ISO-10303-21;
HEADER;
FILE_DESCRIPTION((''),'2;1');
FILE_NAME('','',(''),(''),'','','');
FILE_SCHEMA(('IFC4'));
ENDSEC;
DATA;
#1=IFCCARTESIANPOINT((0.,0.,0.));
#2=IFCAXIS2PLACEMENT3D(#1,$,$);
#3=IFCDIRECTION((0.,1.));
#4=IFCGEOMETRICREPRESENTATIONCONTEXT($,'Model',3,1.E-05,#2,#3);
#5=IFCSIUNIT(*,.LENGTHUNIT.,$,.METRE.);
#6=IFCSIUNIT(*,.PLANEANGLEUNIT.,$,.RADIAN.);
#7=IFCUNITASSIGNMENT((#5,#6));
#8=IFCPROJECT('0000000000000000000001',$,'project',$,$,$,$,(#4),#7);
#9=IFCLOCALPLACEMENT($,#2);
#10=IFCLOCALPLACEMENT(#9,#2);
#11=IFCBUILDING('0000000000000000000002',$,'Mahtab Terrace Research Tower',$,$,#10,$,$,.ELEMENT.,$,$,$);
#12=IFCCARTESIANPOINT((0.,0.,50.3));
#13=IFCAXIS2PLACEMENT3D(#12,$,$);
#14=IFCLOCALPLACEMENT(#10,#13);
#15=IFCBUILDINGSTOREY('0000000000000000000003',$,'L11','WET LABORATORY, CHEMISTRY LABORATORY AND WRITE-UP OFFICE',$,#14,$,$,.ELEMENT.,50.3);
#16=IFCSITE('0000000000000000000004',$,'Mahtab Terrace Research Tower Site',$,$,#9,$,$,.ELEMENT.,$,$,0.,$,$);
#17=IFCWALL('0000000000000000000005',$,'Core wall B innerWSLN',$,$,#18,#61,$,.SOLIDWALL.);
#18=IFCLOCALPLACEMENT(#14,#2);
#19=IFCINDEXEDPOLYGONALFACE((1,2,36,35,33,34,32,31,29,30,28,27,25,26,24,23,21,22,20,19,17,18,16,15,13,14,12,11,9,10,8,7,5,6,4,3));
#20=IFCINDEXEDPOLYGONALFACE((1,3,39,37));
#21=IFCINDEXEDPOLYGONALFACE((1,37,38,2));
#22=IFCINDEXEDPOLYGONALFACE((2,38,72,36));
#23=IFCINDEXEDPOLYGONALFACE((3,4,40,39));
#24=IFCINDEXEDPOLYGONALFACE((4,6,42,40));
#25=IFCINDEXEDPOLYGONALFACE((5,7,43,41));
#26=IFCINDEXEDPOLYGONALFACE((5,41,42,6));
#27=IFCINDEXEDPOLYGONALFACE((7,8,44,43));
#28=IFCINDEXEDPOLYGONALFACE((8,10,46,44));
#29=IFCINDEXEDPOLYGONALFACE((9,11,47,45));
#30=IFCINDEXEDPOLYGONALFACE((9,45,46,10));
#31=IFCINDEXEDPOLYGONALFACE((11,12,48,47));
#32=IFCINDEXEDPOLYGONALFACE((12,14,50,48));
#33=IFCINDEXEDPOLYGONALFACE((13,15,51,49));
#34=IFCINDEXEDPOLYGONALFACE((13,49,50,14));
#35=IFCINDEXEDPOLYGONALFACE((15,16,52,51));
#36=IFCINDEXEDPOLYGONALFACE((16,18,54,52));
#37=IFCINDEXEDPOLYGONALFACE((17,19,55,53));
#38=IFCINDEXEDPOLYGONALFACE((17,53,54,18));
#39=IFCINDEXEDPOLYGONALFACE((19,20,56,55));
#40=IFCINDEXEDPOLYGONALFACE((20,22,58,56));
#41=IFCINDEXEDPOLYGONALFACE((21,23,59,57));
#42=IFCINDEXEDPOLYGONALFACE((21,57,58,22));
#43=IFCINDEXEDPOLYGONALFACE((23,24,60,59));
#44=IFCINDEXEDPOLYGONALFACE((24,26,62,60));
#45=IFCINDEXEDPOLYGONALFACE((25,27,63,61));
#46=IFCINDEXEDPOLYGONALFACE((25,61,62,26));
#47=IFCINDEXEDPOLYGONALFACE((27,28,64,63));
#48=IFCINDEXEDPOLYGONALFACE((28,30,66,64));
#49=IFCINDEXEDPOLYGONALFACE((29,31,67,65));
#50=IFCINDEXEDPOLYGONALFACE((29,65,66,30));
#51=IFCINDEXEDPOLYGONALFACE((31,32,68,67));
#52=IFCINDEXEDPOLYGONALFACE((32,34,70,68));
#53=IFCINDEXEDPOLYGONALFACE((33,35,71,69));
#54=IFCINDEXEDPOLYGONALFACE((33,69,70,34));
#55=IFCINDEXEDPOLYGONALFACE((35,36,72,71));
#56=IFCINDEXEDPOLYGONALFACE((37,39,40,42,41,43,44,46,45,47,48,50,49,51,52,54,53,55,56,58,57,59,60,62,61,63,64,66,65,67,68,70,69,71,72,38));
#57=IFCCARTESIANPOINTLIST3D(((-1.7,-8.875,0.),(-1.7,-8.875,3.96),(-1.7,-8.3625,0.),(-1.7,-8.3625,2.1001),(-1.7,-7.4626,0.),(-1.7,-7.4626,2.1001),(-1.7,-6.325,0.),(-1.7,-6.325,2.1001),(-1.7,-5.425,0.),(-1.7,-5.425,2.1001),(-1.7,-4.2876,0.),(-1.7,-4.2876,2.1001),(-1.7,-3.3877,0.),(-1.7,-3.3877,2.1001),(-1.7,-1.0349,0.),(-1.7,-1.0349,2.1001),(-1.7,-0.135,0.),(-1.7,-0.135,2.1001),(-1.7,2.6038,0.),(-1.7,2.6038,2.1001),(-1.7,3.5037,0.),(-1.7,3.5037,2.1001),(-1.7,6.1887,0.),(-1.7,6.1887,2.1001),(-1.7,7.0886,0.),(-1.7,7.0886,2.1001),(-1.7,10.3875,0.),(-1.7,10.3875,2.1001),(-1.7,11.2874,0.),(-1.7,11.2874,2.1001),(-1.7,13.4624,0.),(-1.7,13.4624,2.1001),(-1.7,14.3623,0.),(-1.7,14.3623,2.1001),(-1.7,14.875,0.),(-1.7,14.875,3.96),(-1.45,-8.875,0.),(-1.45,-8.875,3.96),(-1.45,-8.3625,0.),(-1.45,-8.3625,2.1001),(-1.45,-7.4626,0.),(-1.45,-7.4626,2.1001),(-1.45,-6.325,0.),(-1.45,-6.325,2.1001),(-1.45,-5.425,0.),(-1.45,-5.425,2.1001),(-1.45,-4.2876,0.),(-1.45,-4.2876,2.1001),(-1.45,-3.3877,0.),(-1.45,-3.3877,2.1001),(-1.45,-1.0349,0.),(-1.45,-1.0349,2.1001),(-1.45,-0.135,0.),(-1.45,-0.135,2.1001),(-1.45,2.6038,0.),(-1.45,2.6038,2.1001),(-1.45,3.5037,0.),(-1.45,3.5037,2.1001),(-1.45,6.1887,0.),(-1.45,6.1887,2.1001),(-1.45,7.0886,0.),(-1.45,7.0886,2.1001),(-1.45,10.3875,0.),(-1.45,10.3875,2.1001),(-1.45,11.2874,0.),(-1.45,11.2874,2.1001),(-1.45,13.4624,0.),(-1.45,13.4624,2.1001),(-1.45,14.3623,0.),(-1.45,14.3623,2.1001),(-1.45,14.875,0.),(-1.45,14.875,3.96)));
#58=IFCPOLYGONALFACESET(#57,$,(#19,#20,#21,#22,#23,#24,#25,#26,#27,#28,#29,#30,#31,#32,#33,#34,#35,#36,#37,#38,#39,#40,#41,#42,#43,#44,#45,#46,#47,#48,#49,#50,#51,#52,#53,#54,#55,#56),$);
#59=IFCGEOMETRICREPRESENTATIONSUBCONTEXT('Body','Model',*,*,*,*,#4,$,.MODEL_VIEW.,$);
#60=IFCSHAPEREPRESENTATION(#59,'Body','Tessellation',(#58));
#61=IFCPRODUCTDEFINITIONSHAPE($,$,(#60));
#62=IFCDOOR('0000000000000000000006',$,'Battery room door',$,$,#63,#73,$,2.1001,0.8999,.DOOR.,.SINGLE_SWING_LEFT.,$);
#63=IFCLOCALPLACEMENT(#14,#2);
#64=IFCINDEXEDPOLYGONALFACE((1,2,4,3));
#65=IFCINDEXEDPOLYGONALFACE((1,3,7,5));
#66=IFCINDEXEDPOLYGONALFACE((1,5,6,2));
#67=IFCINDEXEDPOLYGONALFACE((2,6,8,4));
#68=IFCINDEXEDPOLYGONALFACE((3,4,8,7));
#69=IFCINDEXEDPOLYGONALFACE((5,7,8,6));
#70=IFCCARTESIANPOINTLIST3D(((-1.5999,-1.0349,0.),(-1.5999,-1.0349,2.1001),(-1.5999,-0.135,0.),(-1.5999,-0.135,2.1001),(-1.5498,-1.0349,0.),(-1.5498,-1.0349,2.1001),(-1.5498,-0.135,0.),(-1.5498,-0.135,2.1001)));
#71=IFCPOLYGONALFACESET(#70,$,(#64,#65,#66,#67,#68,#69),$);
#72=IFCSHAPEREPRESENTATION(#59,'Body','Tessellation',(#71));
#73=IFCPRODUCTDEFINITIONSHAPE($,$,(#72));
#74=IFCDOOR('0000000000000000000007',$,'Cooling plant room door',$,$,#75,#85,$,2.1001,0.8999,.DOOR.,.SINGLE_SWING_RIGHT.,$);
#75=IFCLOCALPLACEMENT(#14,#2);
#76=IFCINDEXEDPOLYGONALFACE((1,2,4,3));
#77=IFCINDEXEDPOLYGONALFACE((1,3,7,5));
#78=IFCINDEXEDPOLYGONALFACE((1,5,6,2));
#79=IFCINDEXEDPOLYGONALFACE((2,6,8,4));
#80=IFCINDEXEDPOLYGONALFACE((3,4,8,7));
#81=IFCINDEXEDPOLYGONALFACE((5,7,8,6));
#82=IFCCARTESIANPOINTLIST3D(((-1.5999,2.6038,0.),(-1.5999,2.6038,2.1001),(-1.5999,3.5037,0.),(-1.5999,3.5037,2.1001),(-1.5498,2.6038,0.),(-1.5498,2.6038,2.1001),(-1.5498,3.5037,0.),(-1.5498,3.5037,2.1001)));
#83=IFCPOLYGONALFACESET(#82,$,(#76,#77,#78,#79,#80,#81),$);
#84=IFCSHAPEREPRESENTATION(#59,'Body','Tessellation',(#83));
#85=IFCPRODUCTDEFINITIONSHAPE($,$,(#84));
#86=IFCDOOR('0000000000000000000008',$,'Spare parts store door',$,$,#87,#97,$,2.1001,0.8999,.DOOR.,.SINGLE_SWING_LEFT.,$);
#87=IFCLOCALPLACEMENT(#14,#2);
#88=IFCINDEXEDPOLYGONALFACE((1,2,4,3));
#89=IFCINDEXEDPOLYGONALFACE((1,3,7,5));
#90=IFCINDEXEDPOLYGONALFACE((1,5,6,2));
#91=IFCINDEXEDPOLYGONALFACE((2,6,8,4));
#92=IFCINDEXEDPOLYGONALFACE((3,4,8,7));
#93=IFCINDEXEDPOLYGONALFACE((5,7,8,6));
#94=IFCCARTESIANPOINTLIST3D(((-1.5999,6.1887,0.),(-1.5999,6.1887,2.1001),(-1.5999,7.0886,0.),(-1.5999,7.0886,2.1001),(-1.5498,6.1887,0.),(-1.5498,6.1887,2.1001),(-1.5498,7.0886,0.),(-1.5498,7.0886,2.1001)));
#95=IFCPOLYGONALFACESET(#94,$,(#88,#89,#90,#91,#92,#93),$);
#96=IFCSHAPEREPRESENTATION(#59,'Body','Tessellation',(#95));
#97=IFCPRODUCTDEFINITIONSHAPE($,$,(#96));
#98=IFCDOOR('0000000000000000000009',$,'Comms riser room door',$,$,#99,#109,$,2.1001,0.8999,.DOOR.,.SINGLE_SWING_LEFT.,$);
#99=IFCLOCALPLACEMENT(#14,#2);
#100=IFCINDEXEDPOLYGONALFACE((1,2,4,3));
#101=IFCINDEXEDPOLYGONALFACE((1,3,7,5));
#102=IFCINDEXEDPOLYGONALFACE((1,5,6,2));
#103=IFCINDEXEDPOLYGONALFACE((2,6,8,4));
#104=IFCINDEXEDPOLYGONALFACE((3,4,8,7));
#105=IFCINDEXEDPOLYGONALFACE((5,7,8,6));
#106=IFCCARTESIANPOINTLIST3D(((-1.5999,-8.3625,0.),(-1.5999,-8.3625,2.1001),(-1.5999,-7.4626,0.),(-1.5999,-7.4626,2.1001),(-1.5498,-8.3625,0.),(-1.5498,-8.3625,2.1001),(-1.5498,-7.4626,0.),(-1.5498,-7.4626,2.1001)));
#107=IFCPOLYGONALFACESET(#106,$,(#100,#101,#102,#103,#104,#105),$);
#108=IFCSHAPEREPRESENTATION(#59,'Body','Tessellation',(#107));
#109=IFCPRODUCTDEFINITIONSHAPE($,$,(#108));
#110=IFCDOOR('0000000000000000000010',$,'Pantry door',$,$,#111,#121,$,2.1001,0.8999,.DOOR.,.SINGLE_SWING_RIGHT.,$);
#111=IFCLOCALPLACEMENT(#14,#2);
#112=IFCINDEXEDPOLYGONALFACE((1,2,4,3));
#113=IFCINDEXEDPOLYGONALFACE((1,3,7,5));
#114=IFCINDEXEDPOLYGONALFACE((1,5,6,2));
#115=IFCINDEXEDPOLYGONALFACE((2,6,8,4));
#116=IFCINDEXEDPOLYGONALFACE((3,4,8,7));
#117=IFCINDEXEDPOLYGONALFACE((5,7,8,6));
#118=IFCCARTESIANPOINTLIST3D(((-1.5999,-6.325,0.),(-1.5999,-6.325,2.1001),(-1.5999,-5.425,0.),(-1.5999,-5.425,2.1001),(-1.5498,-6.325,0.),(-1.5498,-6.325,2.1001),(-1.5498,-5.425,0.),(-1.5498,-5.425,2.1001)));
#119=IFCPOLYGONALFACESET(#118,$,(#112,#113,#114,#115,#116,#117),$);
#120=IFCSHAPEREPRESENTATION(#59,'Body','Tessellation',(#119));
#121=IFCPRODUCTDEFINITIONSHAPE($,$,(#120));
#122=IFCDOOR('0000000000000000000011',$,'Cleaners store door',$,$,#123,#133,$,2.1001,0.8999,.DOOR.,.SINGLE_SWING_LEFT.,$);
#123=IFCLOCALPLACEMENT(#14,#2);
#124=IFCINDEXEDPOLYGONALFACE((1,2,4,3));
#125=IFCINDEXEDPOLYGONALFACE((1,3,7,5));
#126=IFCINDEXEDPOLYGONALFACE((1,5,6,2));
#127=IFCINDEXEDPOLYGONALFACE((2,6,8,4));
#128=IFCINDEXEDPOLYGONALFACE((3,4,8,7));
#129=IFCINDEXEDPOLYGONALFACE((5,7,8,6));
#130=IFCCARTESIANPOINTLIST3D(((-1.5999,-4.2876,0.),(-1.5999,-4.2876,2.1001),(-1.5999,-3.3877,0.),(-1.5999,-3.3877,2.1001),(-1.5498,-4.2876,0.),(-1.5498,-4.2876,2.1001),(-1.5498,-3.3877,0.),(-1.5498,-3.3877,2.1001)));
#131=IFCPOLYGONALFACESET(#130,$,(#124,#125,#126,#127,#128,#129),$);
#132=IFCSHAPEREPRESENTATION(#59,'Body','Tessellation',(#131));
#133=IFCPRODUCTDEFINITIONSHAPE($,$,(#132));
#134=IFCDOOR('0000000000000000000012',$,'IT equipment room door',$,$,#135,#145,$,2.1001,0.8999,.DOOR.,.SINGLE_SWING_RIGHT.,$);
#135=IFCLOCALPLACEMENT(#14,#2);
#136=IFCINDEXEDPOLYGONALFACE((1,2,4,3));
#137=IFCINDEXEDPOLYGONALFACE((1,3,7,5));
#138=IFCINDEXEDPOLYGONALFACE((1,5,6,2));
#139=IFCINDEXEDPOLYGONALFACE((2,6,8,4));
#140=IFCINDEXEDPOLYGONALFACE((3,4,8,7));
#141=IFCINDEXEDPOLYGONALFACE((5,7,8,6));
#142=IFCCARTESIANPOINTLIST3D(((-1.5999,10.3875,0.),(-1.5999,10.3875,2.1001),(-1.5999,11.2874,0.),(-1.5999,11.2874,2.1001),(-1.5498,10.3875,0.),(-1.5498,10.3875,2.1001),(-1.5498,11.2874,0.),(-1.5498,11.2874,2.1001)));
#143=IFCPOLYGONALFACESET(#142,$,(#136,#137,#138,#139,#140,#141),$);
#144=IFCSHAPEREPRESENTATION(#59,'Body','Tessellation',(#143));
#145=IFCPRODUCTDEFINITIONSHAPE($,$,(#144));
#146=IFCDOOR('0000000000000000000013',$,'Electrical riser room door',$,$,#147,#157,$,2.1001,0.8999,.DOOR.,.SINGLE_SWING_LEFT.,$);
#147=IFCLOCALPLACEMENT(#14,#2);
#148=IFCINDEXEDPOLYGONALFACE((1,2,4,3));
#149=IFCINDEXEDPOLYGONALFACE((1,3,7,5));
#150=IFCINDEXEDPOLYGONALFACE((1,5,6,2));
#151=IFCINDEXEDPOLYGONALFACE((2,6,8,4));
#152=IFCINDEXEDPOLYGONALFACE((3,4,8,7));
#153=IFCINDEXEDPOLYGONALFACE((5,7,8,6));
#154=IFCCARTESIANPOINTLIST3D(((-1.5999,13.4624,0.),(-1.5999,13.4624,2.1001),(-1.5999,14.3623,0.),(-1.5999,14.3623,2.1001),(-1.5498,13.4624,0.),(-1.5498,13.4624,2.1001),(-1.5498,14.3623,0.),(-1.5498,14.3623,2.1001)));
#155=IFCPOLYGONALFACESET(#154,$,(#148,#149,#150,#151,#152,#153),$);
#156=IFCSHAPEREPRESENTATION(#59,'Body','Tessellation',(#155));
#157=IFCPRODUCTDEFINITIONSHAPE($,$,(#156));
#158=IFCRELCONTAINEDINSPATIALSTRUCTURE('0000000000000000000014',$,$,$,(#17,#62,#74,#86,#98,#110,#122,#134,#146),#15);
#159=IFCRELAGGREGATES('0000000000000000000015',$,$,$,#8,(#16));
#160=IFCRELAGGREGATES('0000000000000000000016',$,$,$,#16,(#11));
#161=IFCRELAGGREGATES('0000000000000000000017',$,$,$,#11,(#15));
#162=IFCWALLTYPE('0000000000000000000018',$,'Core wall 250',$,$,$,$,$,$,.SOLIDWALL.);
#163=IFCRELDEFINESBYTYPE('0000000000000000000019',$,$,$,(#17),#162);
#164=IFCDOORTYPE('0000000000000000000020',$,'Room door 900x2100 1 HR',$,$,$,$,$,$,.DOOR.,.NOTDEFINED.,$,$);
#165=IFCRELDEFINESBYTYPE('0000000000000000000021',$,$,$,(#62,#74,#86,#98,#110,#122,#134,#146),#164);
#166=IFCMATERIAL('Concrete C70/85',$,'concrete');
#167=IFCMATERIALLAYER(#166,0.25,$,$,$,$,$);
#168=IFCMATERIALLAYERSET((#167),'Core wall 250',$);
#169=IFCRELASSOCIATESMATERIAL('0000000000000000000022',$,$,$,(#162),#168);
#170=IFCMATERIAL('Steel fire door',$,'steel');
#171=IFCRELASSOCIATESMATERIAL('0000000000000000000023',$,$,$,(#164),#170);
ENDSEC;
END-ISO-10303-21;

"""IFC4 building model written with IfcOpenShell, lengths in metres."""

from ifc_helpers import new_model, si_unit, direction, frame, frame_2d, origin, place, context, subcontext, project, spatial, rectangle, extrude, material, layer, layer_set, type_object, element, fill, save


model = new_model("IFC4")

# Units and contexts
model_context = context("Model", 3, precision=1e-05, world=origin(), true_north=direction((0.0, 1.0)))
body_context = subcontext(model_context, "Body", "Model", "MODEL_VIEW")
ifc_project = project(units=[si_unit("LENGTHUNIT", "METRE"), si_unit("PLANEANGLEUNIT", "RADIAN")], contexts=[model_context])

# Site, building, storey
site_placement = place(None, origin())
site = spatial("IfcSite", under=ifc_project, at=site_placement, Name="Mahtab Terrace Research Tower Site", CompositionType="ELEMENT", RefElevation=0.0)
building_placement = place(site_placement, origin())
building = spatial("IfcBuilding", under=site, at=building_placement, Name="Mahtab Terrace Research Tower", CompositionType="ELEMENT")
storey_placement = place(building_placement, frame((0.0, 0.0, 50.3)))
storey = spatial("IfcBuildingStorey", under=building, at=storey_placement, Name="L11", Description="WET LABORATORY, CHEMISTRY LABORATORY AND WRITE-UP OFFICE", CompositionType="ELEMENT", Elevation=50.3)

# Shared definitions
ifc_material_1 = material(Name="Concrete C70/85", Category="concrete")
ifc_layer_1 = layer(ifc_material_1, 0.25)
ifc_layer_set_1 = layer_set([ifc_layer_1], Name="Core wall 250")
wall_type_1 = type_object("IfcWallType", Name="Core wall 250", PredefinedType="SOLIDWALL", material=ifc_layer_set_1)

# Shared definitions
ifc_material_2 = material(Name="Steel fire door", Category="steel")

# Wall, openings, doors
wall_1_placement = place(storey_placement, frame((-1.575, -8.875, 0.0), z_axis=(0.0, 0.0, 1.0), x_axis=(0.0, 1.0, 0.0)))
wall_1 = element("IfcWall", 1, at=wall_1_placement, inside=storey, type_object=wall_type_1, Name="Core wall B innerWSLN", PredefinedType="SOLIDWALL", context=body_context, shape_type="SweptSolid", body=[
    extrude(rectangle(XDim=23.75, YDim=0.25, at=frame_2d((11.875, 0.0))), origin(), (0.0, 0.0, 1.0), 3.96),
])
opening_1_placement = place(wall_1_placement, frame((7.8401, 0.0, 0.0)))
opening_1 = element("IfcOpeningElement", 2, at=opening_1_placement, cuts=wall_1, PredefinedType="OPENING", context=body_context, shape_type="SweptSolid", body=[
    extrude(rectangle(XDim=0.8999, YDim=2.1001, at=frame_2d((0.45, 1.05))), frame((0.0, 0.135, 0.0), z_axis=(0.0, -1.0, 0.0), x_axis=(1.0, 0.0, 0.0)), (0.0, 0.0, 1.0), 0.27),
])
opening_2_placement = place(wall_1_placement, frame((11.4788, 0.0, 0.0)))
opening_2 = element("IfcOpeningElement", 3, at=opening_2_placement, cuts=wall_1, PredefinedType="OPENING", context=body_context, shape_type="SweptSolid", body=[
    extrude(rectangle(XDim=0.8999, YDim=2.1001, at=frame_2d((0.45, 1.05))), frame((0.0, 0.135, 0.0), z_axis=(0.0, -1.0, 0.0), x_axis=(1.0, 0.0, 0.0)), (0.0, 0.0, 1.0), 0.27),
])
opening_3_placement = place(wall_1_placement, frame((15.0637, 0.0, 0.0)))
opening_3 = element("IfcOpeningElement", 4, at=opening_3_placement, cuts=wall_1, PredefinedType="OPENING", context=body_context, shape_type="SweptSolid", body=[
    extrude(rectangle(XDim=0.8999, YDim=2.1001, at=frame_2d((0.45, 1.05))), frame((0.0, 0.135, 0.0), z_axis=(0.0, -1.0, 0.0), x_axis=(1.0, 0.0, 0.0)), (0.0, 0.0, 1.0), 0.27),
])
opening_4_placement = place(wall_1_placement, frame((0.5125, 0.0, 0.0)))
opening_4 = element("IfcOpeningElement", 5, at=opening_4_placement, cuts=wall_1, PredefinedType="OPENING", context=body_context, shape_type="SweptSolid", body=[
    extrude(rectangle(XDim=0.8999, YDim=2.1001, at=frame_2d((0.45, 1.05))), frame((0.0, 0.135, 0.0), z_axis=(0.0, -1.0, 0.0), x_axis=(1.0, 0.0, 0.0)), (0.0, 0.0, 1.0), 0.27),
])
opening_5_placement = place(wall_1_placement, frame((2.55, 0.0, 0.0)))
opening_5 = element("IfcOpeningElement", 6, at=opening_5_placement, cuts=wall_1, PredefinedType="OPENING", context=body_context, shape_type="SweptSolid", body=[
    extrude(rectangle(XDim=0.8999, YDim=2.1001, at=frame_2d((0.45, 1.05))), frame((0.0, 0.135, 0.0), z_axis=(0.0, -1.0, 0.0), x_axis=(1.0, 0.0, 0.0)), (0.0, 0.0, 1.0), 0.27),
])
opening_6_placement = place(wall_1_placement, frame((4.5874, 0.0, 0.0)))
opening_6 = element("IfcOpeningElement", 7, at=opening_6_placement, cuts=wall_1, PredefinedType="OPENING", context=body_context, shape_type="SweptSolid", body=[
    extrude(rectangle(XDim=0.8999, YDim=2.1001, at=frame_2d((0.45, 1.05))), frame((0.0, 0.135, 0.0), z_axis=(0.0, -1.0, 0.0), x_axis=(1.0, 0.0, 0.0)), (0.0, 0.0, 1.0), 0.27),
])
opening_7_placement = place(wall_1_placement, frame((19.2625, 0.0, 0.0)))
opening_7 = element("IfcOpeningElement", 8, at=opening_7_placement, cuts=wall_1, PredefinedType="OPENING", context=body_context, shape_type="SweptSolid", body=[
    extrude(rectangle(XDim=0.8999, YDim=2.1001, at=frame_2d((0.45, 1.05))), frame((0.0, 0.135, 0.0), z_axis=(0.0, -1.0, 0.0), x_axis=(1.0, 0.0, 0.0)), (0.0, 0.0, 1.0), 0.27),
])
opening_8_placement = place(wall_1_placement, frame((22.3374, 0.0, 0.0)))
opening_8 = element("IfcOpeningElement", 9, at=opening_8_placement, cuts=wall_1, PredefinedType="OPENING", context=body_context, shape_type="SweptSolid", body=[
    extrude(rectangle(XDim=0.8999, YDim=2.1001, at=frame_2d((0.45, 1.05))), frame((0.0, 0.135, 0.0), z_axis=(0.0, -1.0, 0.0), x_axis=(1.0, 0.0, 0.0)), (0.0, 0.0, 1.0), 0.27),
])
door_type_1 = type_object("IfcDoorType", Name="Room door 900x2100 1 HR", OperationType="NOTDEFINED", PredefinedType="DOOR", material=ifc_material_2)
door_1_placement = place(opening_1_placement, origin())
door_1 = element("IfcDoor", 10, at=door_1_placement, inside=storey, type_object=door_type_1, Name="Battery room door", OperationType="SINGLE_SWING_LEFT", OverallHeight=2.1001, OverallWidth=0.8999, PredefinedType="DOOR", context=body_context, shape_type="SweptSolid", body=[
    extrude(rectangle(XDim=0.8999, YDim=2.1001, at=frame_2d((0.45, 1.05))), frame((0.0, 0.0249, 0.0), z_axis=(0.0, -1.0, 0.0), x_axis=(1.0, 0.0, 0.0)), (0.0, 0.0, 1.0), 0.05),
])
fill(opening_1, door_1)
door_2_placement = place(opening_2_placement, origin())
door_2 = element("IfcDoor", 11, at=door_2_placement, inside=storey, type_object=door_type_1, Name="Cooling plant room door", OperationType="SINGLE_SWING_RIGHT", OverallHeight=2.1001, OverallWidth=0.8999, PredefinedType="DOOR", context=body_context, shape_type="SweptSolid", body=[
    extrude(rectangle(XDim=0.8999, YDim=2.1001, at=frame_2d((0.45, 1.05))), frame((0.0, 0.0249, 0.0), z_axis=(0.0, -1.0, 0.0), x_axis=(1.0, 0.0, 0.0)), (0.0, 0.0, 1.0), 0.05),
])
fill(opening_2, door_2)
door_3_placement = place(opening_3_placement, origin())
door_3 = element("IfcDoor", 12, at=door_3_placement, inside=storey, type_object=door_type_1, Name="Spare parts store door", OperationType="SINGLE_SWING_LEFT", OverallHeight=2.1001, OverallWidth=0.8999, PredefinedType="DOOR", context=body_context, shape_type="SweptSolid", body=[
    extrude(rectangle(XDim=0.8999, YDim=2.1001, at=frame_2d((0.45, 1.05))), frame((0.0, 0.0249, 0.0), z_axis=(0.0, -1.0, 0.0), x_axis=(1.0, 0.0, 0.0)), (0.0, 0.0, 1.0), 0.05),
])
fill(opening_3, door_3)
door_4_placement = place(opening_4_placement, origin())
door_4 = element("IfcDoor", 13, at=door_4_placement, inside=storey, type_object=door_type_1, Name="Comms riser room door", OperationType="SINGLE_SWING_LEFT", OverallHeight=2.1001, OverallWidth=0.8999, PredefinedType="DOOR", context=body_context, shape_type="SweptSolid", body=[
    extrude(rectangle(XDim=0.8999, YDim=2.1001, at=frame_2d((0.45, 1.05))), frame((0.0, 0.0249, 0.0), z_axis=(0.0, -1.0, 0.0), x_axis=(1.0, 0.0, 0.0)), (0.0, 0.0, 1.0), 0.05),
])
fill(opening_4, door_4)
door_5_placement = place(opening_5_placement, origin())
door_5 = element("IfcDoor", 14, at=door_5_placement, inside=storey, type_object=door_type_1, Name="Pantry door", OperationType="SINGLE_SWING_RIGHT", OverallHeight=2.1001, OverallWidth=0.8999, PredefinedType="DOOR", context=body_context, shape_type="SweptSolid", body=[
    extrude(rectangle(XDim=0.8999, YDim=2.1001, at=frame_2d((0.45, 1.05))), frame((0.0, 0.0249, 0.0), z_axis=(0.0, -1.0, 0.0), x_axis=(1.0, 0.0, 0.0)), (0.0, 0.0, 1.0), 0.05),
])
fill(opening_5, door_5)
door_6_placement = place(opening_6_placement, origin())
door_6 = element("IfcDoor", 15, at=door_6_placement, inside=storey, type_object=door_type_1, Name="Cleaners store door", OperationType="SINGLE_SWING_LEFT", OverallHeight=2.1001, OverallWidth=0.8999, PredefinedType="DOOR", context=body_context, shape_type="SweptSolid", body=[
    extrude(rectangle(XDim=0.8999, YDim=2.1001, at=frame_2d((0.45, 1.05))), frame((0.0, 0.0249, 0.0), z_axis=(0.0, -1.0, 0.0), x_axis=(1.0, 0.0, 0.0)), (0.0, 0.0, 1.0), 0.05),
])
fill(opening_6, door_6)
door_7_placement = place(opening_7_placement, origin())
door_7 = element("IfcDoor", 16, at=door_7_placement, inside=storey, type_object=door_type_1, Name="IT equipment room door", OperationType="SINGLE_SWING_RIGHT", OverallHeight=2.1001, OverallWidth=0.8999, PredefinedType="DOOR", context=body_context, shape_type="SweptSolid", body=[
    extrude(rectangle(XDim=0.8999, YDim=2.1001, at=frame_2d((0.45, 1.05))), frame((0.0, 0.0249, 0.0), z_axis=(0.0, -1.0, 0.0), x_axis=(1.0, 0.0, 0.0)), (0.0, 0.0, 1.0), 0.05),
])
fill(opening_7, door_7)
door_8_placement = place(opening_8_placement, origin())
door_8 = element("IfcDoor", 17, at=door_8_placement, inside=storey, type_object=door_type_1, Name="Electrical riser room door", OperationType="SINGLE_SWING_LEFT", OverallHeight=2.1001, OverallWidth=0.8999, PredefinedType="DOOR", context=body_context, shape_type="SweptSolid", body=[
    extrude(rectangle(XDim=0.8999, YDim=2.1001, at=frame_2d((0.45, 1.05))), frame((0.0, 0.0249, 0.0), z_axis=(0.0, -1.0, 0.0), x_axis=(1.0, 0.0, 0.0)), (0.0, 0.0, 1.0), 0.05),
])
fill(opening_8, door_8)

save(model, "model.ifc")
